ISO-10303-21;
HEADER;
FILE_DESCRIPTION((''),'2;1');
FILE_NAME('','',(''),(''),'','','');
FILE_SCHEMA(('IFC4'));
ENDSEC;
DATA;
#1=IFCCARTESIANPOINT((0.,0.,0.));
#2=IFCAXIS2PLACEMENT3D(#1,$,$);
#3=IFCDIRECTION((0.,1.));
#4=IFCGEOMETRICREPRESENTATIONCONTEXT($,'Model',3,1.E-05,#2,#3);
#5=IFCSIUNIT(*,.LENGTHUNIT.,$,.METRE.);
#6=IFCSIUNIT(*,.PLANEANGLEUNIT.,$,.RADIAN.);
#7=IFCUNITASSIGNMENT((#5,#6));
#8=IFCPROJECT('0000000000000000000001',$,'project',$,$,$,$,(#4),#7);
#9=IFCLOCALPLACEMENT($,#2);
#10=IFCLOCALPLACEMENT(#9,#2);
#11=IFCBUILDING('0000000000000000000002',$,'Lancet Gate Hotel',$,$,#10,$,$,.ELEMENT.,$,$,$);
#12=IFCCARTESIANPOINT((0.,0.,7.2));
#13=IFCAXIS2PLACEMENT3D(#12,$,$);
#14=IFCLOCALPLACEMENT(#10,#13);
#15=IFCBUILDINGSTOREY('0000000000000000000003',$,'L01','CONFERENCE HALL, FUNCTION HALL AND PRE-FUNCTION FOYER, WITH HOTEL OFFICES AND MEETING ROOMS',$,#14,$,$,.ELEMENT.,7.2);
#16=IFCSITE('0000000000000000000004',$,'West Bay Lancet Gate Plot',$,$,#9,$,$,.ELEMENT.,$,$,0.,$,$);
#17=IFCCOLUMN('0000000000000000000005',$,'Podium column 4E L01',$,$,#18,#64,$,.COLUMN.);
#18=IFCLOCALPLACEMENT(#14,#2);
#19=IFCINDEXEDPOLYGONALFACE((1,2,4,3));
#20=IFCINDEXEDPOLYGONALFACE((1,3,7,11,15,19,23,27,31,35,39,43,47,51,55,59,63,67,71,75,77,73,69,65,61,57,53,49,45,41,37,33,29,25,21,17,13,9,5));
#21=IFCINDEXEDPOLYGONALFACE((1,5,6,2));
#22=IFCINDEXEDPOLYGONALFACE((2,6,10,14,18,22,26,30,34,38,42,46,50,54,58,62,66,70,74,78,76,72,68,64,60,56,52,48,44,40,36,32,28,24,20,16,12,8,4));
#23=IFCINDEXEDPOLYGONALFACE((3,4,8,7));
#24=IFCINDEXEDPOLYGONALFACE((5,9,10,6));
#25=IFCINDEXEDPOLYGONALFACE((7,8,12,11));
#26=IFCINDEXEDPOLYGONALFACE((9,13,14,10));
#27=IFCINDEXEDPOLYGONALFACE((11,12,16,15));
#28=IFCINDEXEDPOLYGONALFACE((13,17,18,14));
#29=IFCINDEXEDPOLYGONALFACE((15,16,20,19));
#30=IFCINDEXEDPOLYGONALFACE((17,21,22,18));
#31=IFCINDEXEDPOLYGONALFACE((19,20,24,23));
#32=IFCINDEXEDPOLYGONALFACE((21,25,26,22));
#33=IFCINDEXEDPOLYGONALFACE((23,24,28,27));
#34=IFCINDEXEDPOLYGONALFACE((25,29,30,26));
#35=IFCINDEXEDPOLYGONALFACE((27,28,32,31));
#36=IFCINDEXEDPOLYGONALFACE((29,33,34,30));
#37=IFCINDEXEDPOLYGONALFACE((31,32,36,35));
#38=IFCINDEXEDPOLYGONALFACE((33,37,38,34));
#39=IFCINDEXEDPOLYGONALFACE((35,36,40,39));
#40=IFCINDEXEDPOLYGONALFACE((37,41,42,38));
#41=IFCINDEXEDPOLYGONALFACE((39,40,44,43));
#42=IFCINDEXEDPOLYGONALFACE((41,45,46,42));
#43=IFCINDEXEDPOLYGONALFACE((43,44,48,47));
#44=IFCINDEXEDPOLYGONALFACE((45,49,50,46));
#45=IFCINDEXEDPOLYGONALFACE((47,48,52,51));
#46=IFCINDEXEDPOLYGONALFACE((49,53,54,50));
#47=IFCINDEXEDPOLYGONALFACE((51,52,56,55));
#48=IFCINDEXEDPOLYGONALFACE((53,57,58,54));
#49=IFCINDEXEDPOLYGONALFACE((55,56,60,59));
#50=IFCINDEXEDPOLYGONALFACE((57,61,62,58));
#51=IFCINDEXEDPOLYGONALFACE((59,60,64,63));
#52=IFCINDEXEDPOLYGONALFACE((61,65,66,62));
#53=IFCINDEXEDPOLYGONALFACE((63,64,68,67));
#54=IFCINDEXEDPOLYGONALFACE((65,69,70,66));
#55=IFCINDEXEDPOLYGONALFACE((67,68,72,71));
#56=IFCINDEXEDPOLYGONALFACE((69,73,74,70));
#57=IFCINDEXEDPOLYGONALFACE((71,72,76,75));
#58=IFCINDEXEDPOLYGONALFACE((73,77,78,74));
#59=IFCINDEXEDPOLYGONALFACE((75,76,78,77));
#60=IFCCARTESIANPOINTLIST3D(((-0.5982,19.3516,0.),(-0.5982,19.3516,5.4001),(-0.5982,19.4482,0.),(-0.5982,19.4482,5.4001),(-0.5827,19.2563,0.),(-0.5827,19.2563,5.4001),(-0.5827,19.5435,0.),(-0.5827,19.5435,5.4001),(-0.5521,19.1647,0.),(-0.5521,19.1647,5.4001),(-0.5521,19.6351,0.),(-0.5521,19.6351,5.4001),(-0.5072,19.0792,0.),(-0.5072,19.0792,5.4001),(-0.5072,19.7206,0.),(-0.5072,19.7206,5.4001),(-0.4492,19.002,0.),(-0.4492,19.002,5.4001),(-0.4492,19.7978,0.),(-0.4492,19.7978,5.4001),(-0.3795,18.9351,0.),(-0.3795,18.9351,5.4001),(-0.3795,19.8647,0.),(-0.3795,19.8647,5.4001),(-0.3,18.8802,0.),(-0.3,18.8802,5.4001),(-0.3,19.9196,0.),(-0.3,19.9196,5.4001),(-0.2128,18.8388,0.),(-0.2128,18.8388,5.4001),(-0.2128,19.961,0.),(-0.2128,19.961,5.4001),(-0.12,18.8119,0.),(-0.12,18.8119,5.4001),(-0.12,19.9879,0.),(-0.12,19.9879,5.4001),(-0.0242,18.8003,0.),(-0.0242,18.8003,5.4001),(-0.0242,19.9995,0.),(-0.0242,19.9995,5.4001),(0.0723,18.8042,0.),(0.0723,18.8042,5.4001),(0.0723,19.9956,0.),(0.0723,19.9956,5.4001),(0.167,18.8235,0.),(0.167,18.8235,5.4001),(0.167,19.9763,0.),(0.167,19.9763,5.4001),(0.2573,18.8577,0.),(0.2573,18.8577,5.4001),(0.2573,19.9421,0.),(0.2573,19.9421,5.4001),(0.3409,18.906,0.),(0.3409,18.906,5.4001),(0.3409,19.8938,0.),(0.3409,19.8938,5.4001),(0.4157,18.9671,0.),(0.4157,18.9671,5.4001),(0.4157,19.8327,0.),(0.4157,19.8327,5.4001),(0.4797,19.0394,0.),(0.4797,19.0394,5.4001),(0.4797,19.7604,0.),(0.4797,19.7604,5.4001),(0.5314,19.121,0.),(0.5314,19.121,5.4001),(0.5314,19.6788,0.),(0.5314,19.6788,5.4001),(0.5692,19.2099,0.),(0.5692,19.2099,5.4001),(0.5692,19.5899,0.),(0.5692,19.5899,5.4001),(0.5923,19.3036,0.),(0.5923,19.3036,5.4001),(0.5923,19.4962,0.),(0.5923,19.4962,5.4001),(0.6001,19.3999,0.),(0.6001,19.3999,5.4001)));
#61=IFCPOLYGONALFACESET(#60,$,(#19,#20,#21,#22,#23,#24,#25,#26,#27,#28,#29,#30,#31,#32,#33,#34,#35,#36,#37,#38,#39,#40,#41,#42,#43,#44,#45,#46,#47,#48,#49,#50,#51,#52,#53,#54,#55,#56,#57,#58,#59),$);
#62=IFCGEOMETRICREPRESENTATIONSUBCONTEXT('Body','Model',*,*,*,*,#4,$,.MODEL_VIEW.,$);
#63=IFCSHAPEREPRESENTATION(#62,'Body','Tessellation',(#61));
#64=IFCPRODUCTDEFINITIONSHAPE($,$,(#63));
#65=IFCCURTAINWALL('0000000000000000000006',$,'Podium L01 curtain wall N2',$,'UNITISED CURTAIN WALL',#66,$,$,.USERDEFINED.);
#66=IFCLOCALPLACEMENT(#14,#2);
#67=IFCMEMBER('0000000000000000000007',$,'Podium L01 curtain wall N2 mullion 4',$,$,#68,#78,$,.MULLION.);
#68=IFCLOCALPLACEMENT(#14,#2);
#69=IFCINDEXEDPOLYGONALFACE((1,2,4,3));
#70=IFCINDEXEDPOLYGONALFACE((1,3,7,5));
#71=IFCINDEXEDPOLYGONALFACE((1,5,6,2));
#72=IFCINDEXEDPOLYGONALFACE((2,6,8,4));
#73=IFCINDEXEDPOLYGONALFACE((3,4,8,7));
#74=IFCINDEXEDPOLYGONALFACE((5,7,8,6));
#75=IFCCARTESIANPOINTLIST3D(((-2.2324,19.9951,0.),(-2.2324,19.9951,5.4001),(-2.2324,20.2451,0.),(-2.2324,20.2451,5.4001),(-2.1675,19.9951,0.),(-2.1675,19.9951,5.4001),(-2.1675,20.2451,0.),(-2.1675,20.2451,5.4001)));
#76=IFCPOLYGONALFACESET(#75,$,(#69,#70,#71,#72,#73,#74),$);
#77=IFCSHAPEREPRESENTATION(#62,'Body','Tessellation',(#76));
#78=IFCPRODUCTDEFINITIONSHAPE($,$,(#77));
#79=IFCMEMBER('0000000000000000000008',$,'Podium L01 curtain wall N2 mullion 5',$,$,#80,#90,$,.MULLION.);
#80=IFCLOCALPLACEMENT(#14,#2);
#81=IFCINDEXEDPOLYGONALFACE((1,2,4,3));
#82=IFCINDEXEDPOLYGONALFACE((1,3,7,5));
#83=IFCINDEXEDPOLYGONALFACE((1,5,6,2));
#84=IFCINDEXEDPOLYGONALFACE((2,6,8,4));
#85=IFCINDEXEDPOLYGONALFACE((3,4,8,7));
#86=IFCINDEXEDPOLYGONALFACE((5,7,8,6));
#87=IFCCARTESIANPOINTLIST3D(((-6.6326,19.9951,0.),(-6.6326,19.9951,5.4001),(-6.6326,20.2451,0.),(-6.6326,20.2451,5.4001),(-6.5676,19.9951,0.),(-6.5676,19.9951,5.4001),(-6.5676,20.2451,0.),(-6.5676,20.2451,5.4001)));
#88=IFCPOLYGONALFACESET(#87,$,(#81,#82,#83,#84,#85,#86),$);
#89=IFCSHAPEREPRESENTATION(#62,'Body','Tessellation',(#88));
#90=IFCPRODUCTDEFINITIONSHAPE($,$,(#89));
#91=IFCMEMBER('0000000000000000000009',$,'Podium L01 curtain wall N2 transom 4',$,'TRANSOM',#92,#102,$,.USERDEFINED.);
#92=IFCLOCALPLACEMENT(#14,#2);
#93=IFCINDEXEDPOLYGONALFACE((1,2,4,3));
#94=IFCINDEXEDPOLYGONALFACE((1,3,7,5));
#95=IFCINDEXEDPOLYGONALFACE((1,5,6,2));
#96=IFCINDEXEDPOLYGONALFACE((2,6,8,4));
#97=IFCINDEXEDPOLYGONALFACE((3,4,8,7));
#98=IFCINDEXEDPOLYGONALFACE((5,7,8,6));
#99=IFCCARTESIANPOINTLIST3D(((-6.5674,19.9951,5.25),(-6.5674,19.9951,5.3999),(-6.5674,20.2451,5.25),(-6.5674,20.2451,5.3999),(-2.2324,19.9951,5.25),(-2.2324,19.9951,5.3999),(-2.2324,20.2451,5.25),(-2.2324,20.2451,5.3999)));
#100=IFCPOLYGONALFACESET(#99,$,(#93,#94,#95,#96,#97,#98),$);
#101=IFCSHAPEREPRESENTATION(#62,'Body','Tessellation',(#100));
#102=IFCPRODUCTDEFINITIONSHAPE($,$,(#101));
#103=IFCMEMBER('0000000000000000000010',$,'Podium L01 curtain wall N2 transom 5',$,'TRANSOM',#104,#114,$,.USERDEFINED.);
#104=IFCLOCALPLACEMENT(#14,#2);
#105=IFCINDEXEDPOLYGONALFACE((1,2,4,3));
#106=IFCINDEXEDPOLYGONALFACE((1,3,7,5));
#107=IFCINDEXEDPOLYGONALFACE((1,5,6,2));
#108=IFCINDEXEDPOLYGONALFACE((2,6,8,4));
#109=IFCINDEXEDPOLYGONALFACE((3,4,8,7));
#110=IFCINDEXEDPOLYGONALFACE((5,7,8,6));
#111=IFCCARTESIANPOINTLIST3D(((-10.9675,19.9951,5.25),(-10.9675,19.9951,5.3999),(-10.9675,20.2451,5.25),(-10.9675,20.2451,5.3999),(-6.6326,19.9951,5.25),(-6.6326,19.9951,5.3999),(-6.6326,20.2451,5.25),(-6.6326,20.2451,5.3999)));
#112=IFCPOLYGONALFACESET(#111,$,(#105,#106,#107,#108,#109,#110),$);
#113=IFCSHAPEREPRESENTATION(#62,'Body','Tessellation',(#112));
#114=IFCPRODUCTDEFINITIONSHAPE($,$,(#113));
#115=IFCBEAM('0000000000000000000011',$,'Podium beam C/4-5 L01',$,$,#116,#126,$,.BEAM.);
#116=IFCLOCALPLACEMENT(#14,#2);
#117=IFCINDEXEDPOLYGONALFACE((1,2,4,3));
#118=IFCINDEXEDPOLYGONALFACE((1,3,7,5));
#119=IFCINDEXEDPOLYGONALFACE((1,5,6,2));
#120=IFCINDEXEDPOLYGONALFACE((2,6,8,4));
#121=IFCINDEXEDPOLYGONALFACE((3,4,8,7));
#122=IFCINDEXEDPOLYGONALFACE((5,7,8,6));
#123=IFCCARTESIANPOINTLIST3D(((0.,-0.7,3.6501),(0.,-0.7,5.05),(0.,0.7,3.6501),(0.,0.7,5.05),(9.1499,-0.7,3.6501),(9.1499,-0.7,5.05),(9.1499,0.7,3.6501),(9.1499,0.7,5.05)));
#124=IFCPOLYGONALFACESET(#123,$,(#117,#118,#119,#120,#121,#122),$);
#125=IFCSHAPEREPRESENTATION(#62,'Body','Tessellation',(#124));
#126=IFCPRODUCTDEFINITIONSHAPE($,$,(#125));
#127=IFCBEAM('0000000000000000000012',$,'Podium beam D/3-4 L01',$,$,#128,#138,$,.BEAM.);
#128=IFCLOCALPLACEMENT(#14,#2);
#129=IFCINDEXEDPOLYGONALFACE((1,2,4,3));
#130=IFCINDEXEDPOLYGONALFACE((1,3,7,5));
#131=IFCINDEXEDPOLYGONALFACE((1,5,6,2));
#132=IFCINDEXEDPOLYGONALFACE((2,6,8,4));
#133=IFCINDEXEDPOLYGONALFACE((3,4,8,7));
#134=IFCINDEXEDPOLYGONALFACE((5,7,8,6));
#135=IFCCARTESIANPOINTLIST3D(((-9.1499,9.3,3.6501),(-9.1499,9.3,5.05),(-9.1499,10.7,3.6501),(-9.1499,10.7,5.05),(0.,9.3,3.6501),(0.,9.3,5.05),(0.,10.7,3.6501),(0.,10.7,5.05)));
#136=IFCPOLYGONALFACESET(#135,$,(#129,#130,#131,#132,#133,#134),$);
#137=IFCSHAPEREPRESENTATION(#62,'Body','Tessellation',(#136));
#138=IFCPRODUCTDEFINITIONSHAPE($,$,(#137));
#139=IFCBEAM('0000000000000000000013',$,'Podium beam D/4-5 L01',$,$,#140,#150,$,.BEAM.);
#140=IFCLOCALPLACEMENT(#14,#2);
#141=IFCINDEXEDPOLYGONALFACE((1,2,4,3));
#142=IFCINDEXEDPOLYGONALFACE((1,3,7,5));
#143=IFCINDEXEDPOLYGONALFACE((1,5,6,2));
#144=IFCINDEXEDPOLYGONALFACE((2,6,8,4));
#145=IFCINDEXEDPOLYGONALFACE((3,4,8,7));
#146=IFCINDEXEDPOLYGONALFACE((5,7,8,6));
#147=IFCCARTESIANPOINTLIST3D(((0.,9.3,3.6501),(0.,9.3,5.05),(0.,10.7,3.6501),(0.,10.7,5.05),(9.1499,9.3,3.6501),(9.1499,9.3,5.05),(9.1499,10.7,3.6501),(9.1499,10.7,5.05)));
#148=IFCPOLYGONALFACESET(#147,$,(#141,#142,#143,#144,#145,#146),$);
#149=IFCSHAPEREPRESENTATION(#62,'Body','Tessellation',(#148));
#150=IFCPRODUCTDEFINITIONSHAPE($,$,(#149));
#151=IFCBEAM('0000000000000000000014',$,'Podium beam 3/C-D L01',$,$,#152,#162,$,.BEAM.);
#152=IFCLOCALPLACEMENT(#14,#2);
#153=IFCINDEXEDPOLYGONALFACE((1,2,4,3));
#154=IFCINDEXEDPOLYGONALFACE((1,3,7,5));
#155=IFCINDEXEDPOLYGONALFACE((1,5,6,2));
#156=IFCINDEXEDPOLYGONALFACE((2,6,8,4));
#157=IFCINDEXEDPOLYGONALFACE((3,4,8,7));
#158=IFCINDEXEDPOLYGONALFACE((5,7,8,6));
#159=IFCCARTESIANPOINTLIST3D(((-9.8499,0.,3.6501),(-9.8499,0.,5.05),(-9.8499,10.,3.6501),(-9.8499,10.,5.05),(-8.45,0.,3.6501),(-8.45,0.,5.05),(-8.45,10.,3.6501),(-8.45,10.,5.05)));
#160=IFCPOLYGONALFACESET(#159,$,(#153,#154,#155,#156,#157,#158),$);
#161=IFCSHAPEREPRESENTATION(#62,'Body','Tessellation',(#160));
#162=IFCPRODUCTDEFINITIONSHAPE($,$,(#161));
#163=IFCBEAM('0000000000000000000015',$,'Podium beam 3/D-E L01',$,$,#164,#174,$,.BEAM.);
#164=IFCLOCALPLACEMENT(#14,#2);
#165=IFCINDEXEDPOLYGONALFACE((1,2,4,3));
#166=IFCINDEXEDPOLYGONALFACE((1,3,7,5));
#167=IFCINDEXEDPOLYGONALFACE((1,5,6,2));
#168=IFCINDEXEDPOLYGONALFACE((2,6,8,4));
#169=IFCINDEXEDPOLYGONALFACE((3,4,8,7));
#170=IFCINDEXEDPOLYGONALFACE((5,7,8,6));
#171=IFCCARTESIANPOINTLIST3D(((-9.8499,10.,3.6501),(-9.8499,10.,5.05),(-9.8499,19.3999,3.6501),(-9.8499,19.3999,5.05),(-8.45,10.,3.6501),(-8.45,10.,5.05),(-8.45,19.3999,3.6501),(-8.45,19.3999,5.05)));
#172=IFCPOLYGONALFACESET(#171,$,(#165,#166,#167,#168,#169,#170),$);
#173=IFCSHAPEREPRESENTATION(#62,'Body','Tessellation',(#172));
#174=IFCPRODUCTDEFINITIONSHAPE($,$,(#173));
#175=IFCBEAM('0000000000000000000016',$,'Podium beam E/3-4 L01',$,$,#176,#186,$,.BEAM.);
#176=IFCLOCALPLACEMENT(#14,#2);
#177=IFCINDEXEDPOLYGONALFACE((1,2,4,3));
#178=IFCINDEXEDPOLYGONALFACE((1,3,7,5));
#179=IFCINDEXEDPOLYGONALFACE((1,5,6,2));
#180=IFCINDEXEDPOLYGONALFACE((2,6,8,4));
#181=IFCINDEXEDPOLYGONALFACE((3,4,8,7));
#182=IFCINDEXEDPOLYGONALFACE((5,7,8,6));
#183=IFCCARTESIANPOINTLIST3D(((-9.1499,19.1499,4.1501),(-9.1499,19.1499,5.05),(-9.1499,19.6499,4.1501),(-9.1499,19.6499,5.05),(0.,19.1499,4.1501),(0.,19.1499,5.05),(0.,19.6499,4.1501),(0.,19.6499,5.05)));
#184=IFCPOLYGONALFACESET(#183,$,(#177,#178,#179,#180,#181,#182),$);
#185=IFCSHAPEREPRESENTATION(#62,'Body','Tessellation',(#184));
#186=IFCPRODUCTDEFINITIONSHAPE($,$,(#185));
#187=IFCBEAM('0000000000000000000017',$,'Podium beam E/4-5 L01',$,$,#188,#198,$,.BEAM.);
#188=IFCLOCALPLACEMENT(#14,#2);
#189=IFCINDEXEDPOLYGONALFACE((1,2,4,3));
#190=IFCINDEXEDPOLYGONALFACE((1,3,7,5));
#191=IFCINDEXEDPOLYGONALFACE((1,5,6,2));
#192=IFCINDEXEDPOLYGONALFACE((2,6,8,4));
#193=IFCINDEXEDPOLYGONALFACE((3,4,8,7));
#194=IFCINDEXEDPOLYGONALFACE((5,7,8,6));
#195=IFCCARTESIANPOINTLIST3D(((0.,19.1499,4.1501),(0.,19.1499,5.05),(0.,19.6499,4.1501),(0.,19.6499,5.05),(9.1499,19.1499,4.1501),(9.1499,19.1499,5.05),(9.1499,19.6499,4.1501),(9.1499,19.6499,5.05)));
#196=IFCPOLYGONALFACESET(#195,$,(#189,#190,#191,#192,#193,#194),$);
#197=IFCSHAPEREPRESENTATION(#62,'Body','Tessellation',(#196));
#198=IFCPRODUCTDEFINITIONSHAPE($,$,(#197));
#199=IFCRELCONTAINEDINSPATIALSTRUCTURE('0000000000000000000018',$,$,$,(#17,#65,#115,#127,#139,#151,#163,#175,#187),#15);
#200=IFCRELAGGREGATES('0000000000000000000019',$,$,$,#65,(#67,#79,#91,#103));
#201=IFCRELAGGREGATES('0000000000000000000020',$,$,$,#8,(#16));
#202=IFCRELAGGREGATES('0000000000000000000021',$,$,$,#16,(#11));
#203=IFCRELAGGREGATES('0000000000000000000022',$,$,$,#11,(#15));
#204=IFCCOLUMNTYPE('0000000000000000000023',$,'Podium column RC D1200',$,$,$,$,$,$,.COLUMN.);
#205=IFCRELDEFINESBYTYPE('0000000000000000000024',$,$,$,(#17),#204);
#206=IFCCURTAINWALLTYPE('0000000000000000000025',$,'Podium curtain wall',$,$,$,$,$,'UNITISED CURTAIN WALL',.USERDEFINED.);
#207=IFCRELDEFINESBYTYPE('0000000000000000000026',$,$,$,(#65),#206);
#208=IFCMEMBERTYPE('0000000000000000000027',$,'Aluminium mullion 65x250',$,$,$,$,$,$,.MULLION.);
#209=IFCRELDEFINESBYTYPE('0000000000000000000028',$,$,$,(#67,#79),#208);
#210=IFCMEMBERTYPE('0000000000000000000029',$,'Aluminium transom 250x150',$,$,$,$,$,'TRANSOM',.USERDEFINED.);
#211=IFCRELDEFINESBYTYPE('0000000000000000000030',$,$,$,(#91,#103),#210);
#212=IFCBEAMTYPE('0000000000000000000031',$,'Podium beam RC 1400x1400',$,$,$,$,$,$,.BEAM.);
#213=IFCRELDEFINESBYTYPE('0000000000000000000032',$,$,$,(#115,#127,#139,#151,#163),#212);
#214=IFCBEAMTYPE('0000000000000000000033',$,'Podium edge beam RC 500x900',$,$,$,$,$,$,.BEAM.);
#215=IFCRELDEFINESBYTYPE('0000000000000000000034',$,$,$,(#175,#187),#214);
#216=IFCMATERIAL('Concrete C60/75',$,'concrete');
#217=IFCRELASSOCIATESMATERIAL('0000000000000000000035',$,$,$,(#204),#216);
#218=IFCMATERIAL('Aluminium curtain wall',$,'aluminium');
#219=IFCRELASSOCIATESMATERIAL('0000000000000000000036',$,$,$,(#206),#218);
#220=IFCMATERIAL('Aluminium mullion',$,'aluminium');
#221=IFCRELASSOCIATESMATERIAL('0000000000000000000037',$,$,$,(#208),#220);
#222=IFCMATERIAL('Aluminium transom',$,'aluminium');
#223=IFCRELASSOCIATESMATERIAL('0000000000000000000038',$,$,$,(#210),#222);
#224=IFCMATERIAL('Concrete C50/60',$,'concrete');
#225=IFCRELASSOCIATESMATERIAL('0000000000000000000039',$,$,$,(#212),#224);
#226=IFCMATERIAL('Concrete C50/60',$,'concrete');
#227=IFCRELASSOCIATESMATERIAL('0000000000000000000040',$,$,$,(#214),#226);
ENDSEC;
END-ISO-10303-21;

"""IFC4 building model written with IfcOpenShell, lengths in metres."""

from ifc_helpers import new_model, si_unit, direction, frame, origin, origin_2d, place, context, subcontext, project, spatial, rectangle, circle, extrude, material, material_profile, profile_set, type_object, element, aggregate, save


model = new_model("IFC4")

# Units and contexts
model_context = context("Model", 3, precision=1e-05, world=origin(), true_north=direction((0.0, 1.0)))
body_context = subcontext(model_context, "Body", "Model", "MODEL_VIEW")
ifc_project = project(units=[si_unit("LENGTHUNIT", "METRE"), si_unit("PLANEANGLEUNIT", "RADIAN")], contexts=[model_context])

# Site, building, storey
site_placement = place(None, origin())
site = spatial("IfcSite", under=ifc_project, at=site_placement, Name="West Bay Lancet Gate Plot", CompositionType="ELEMENT", RefElevation=0.0)
building_placement = place(site_placement, origin())
building = spatial("IfcBuilding", under=site, at=building_placement, Name="Lancet Gate Hotel", CompositionType="ELEMENT")
storey_placement = place(building_placement, frame((0.0, 0.0, 7.2)))
storey = spatial("IfcBuildingStorey", under=building, at=storey_placement, Name="L01", Description="CONFERENCE HALL, FUNCTION HALL AND PRE-FUNCTION FOYER, WITH HOTEL OFFICES AND MEETING ROOMS", CompositionType="ELEMENT", Elevation=7.2)

# Column
ifc_material_1 = material(Name="Concrete C60/75", Category="concrete")
ifc_material_profile_1 = material_profile(ifc_material_1, circle(Radius=0.6001, at=origin_2d()), Name="RC D1200")
ifc_profile_set_1 = profile_set([ifc_material_profile_1], Name="Concrete C60/75")
column_type = type_object("IfcColumnType", Name="Podium column RC D1200", PredefinedType="COLUMN", material=ifc_profile_set_1)
for number, where, z_axis, x_axis, name in (
    (1, (0.0, 19.3999, 0.0), (0.0, 0.0, 1.0), (1.0, 0.0, 0.0), "Podium column 4E L01"),
):
    element("IfcColumn", number, at=place(storey_placement, frame(where, z_axis=z_axis, x_axis=x_axis)), inside=storey, type_object=column_type, Name=name, PredefinedType="COLUMN", context=body_context, shape_type="SweptSolid", body=[
        extrude(circle(Radius=0.6001, at=origin_2d()), origin(), (0.0, 0.0, 1.0), 5.4001),
    ])

# Curtain wall, members
ifc_material_2 = material(Name="Aluminium curtain wall", Category="aluminium")
curtain_wall_type = type_object("IfcCurtainWallType", Name="Podium curtain wall", ElementType="UNITISED CURTAIN WALL", PredefinedType="USERDEFINED", material=ifc_material_2)
curtain_wall_placement = place(storey_placement, origin())
curtain_wall = element("IfcCurtainWall", 2, at=curtain_wall_placement, inside=storey, type_object=curtain_wall_type, Name="Podium L01 curtain wall N2", ObjectType="UNITISED CURTAIN WALL", PredefinedType="USERDEFINED")
ifc_material_3 = material(Name="Aluminium mullion", Category="aluminium")
ifc_material_profile_2 = material_profile(ifc_material_3, rectangle(XDim=0.0649, YDim=0.25, at=origin_2d()), Name="MULLION 65x250")
ifc_profile_set_2 = profile_set([ifc_material_profile_2], Name="Aluminium mullion")
member_type_1 = type_object("IfcMemberType", Name="Aluminium mullion 65x250", PredefinedType="MULLION", material=ifc_profile_set_2)
member_1_placement = place(storey_placement, frame((-2.2, 20.1201, 0.0), z_axis=(0.0, 0.0, 1.0), x_axis=(-1.0, 0.0, 0.0)))
member_1 = element("IfcMember", 3, at=member_1_placement, type_object=member_type_1, Name="Podium L01 curtain wall N2 mullion 4", PredefinedType="MULLION", context=body_context, shape_type="SweptSolid", body=[
    extrude(rectangle(XDim=0.0649, YDim=0.25, at=origin_2d()), origin(), (0.0, 0.0, 1.0), 5.4001),
])
member_2_placement = place(storey_placement, frame((-6.6001, 20.1201, 0.0), z_axis=(0.0, 0.0, 1.0), x_axis=(-1.0, 0.0, 0.0)))
member_2 = element("IfcMember", 4, at=member_2_placement, type_object=member_type_1, Name="Podium L01 curtain wall N2 mullion 5", PredefinedType="MULLION", context=body_context, shape_type="SweptSolid", body=[
    extrude(rectangle(XDim=0.0649, YDim=0.25, at=origin_2d()), origin(), (0.0, 0.0, 1.0), 5.4001),
])
ifc_material_4 = material(Name="Aluminium transom", Category="aluminium")
ifc_material_profile_3 = material_profile(ifc_material_4, rectangle(XDim=0.25, YDim=0.1499, at=origin_2d()), Name="TRANSOM 250x150")
ifc_profile_set_3 = profile_set([ifc_material_profile_3], Name="Aluminium transom")
member_type_2 = type_object("IfcMemberType", Name="Aluminium transom 250x150", ElementType="TRANSOM", PredefinedType="USERDEFINED", material=ifc_profile_set_3)
member_3_placement = place(storey_placement, frame((-2.2324, 20.1201, 5.325), z_axis=(-1.0, 0.0, 0.0), x_axis=(0.0, -1.0, 0.0)))
member_3 = element("IfcMember", 5, at=member_3_placement, type_object=member_type_2, Name="Podium L01 curtain wall N2 transom 4", ObjectType="TRANSOM", PredefinedType="USERDEFINED", context=body_context, shape_type="SweptSolid", body=[
    extrude(rectangle(XDim=0.25, YDim=0.1499, at=origin_2d()), origin(), (0.0, 0.0, 1.0), 4.335),
])
member_4_placement = place(storey_placement, frame((-6.6326, 20.1201, 5.325), z_axis=(-1.0, 0.0, 0.0), x_axis=(0.0, -1.0, 0.0)))
member_4 = element("IfcMember", 6, at=member_4_placement, type_object=member_type_2, Name="Podium L01 curtain wall N2 transom 5", ObjectType="TRANSOM", PredefinedType="USERDEFINED", context=body_context, shape_type="SweptSolid", body=[
    extrude(rectangle(XDim=0.25, YDim=0.1499, at=origin_2d()), origin(), (0.0, 0.0, 1.0), 4.335),
])

# Beams
ifc_material_5 = material(Name="Concrete C50/60", Category="concrete")
ifc_material_profile_4 = material_profile(ifc_material_5, rectangle(XDim=1.3999, YDim=1.3999, at=origin_2d()), Name="RC 1400x1400")
ifc_profile_set_4 = profile_set([ifc_material_profile_4], Name="Concrete C50/60")
beam_type_1 = type_object("IfcBeamType", Name="Podium beam RC 1400x1400", PredefinedType="BEAM", material=ifc_profile_set_4)
for number, where, z_axis, x_axis, name in (
    (7, (0.0, 0.0, 4.3501), (1.0, 0.0, 0.0), (0.0, 1.0, 0.0), "Podium beam C/4-5 L01"),
    (8, (-9.1499, 10.0, 4.3501), (1.0, 0.0, 0.0), (0.0, 1.0, 0.0), "Podium beam D/3-4 L01"),
    (9, (0.0, 10.0, 4.3501), (1.0, 0.0, 0.0), (0.0, 1.0, 0.0), "Podium beam D/4-5 L01"),
):
    element("IfcBeam", number, at=place(storey_placement, frame(where, z_axis=z_axis, x_axis=x_axis)), inside=storey, type_object=beam_type_1, Name=name, PredefinedType="BEAM", context=body_context, shape_type="SweptSolid", body=[
        extrude(rectangle(XDim=1.3999, YDim=1.3999, at=origin_2d()), origin(), (0.0, 0.0, 1.0), 9.1499),
    ])
beam_1_placement = place(storey_placement, frame((-9.1499, 0.0, 4.3501), z_axis=(0.0, 1.0, 0.0), x_axis=(-1.0, 0.0, 0.0)))
element("IfcBeam", 10, at=beam_1_placement, inside=storey, type_object=beam_type_1, Name="Podium beam 3/C-D L01", PredefinedType="BEAM", context=body_context, shape_type="SweptSolid", body=[
    extrude(rectangle(XDim=1.3999, YDim=1.3999, at=origin_2d()), origin(), (0.0, 0.0, 1.0), 10.0),
])
beam_2_placement = place(storey_placement, frame((-9.1499, 10.0, 4.3501), z_axis=(0.0, 1.0, 0.0), x_axis=(-1.0, 0.0, 0.0)))
element("IfcBeam", 11, at=beam_2_placement, inside=storey, type_object=beam_type_1, Name="Podium beam 3/D-E L01", PredefinedType="BEAM", context=body_context, shape_type="SweptSolid", body=[
    extrude(rectangle(XDim=1.3999, YDim=1.3999, at=origin_2d()), origin(), (0.0, 0.0, 1.0), 9.3999),
])
ifc_material_6 = material(Name="Concrete C50/60", Category="concrete")
ifc_material_profile_5 = material_profile(ifc_material_6, rectangle(XDim=0.5, YDim=0.8999, at=origin_2d()), Name="RC 500x900")
ifc_profile_set_5 = profile_set([ifc_material_profile_5], Name="Concrete C50/60")
beam_type_2 = type_object("IfcBeamType", Name="Podium edge beam RC 500x900", PredefinedType="BEAM", material=ifc_profile_set_5)
for number, where, z_axis, x_axis, name in (
    (12, (-9.1499, 19.3999, 4.6001), (1.0, 0.0, 0.0), (0.0, 1.0, 0.0), "Podium beam E/3-4 L01"),
    (13, (0.0, 19.3999, 4.6001), (1.0, 0.0, 0.0), (0.0, 1.0, 0.0), "Podium beam E/4-5 L01"),
):
    element("IfcBeam", number, at=place(storey_placement, frame(where, z_axis=z_axis, x_axis=x_axis)), inside=storey, type_object=beam_type_2, Name=name, PredefinedType="BEAM", context=body_context, shape_type="SweptSolid", body=[
        extrude(rectangle(XDim=0.5, YDim=0.8999, at=origin_2d()), origin(), (0.0, 0.0, 1.0), 9.1499),
    ])

aggregate(curtain_wall, [member_1, member_2, member_3, member_4])

save(model, "model.ifc")
